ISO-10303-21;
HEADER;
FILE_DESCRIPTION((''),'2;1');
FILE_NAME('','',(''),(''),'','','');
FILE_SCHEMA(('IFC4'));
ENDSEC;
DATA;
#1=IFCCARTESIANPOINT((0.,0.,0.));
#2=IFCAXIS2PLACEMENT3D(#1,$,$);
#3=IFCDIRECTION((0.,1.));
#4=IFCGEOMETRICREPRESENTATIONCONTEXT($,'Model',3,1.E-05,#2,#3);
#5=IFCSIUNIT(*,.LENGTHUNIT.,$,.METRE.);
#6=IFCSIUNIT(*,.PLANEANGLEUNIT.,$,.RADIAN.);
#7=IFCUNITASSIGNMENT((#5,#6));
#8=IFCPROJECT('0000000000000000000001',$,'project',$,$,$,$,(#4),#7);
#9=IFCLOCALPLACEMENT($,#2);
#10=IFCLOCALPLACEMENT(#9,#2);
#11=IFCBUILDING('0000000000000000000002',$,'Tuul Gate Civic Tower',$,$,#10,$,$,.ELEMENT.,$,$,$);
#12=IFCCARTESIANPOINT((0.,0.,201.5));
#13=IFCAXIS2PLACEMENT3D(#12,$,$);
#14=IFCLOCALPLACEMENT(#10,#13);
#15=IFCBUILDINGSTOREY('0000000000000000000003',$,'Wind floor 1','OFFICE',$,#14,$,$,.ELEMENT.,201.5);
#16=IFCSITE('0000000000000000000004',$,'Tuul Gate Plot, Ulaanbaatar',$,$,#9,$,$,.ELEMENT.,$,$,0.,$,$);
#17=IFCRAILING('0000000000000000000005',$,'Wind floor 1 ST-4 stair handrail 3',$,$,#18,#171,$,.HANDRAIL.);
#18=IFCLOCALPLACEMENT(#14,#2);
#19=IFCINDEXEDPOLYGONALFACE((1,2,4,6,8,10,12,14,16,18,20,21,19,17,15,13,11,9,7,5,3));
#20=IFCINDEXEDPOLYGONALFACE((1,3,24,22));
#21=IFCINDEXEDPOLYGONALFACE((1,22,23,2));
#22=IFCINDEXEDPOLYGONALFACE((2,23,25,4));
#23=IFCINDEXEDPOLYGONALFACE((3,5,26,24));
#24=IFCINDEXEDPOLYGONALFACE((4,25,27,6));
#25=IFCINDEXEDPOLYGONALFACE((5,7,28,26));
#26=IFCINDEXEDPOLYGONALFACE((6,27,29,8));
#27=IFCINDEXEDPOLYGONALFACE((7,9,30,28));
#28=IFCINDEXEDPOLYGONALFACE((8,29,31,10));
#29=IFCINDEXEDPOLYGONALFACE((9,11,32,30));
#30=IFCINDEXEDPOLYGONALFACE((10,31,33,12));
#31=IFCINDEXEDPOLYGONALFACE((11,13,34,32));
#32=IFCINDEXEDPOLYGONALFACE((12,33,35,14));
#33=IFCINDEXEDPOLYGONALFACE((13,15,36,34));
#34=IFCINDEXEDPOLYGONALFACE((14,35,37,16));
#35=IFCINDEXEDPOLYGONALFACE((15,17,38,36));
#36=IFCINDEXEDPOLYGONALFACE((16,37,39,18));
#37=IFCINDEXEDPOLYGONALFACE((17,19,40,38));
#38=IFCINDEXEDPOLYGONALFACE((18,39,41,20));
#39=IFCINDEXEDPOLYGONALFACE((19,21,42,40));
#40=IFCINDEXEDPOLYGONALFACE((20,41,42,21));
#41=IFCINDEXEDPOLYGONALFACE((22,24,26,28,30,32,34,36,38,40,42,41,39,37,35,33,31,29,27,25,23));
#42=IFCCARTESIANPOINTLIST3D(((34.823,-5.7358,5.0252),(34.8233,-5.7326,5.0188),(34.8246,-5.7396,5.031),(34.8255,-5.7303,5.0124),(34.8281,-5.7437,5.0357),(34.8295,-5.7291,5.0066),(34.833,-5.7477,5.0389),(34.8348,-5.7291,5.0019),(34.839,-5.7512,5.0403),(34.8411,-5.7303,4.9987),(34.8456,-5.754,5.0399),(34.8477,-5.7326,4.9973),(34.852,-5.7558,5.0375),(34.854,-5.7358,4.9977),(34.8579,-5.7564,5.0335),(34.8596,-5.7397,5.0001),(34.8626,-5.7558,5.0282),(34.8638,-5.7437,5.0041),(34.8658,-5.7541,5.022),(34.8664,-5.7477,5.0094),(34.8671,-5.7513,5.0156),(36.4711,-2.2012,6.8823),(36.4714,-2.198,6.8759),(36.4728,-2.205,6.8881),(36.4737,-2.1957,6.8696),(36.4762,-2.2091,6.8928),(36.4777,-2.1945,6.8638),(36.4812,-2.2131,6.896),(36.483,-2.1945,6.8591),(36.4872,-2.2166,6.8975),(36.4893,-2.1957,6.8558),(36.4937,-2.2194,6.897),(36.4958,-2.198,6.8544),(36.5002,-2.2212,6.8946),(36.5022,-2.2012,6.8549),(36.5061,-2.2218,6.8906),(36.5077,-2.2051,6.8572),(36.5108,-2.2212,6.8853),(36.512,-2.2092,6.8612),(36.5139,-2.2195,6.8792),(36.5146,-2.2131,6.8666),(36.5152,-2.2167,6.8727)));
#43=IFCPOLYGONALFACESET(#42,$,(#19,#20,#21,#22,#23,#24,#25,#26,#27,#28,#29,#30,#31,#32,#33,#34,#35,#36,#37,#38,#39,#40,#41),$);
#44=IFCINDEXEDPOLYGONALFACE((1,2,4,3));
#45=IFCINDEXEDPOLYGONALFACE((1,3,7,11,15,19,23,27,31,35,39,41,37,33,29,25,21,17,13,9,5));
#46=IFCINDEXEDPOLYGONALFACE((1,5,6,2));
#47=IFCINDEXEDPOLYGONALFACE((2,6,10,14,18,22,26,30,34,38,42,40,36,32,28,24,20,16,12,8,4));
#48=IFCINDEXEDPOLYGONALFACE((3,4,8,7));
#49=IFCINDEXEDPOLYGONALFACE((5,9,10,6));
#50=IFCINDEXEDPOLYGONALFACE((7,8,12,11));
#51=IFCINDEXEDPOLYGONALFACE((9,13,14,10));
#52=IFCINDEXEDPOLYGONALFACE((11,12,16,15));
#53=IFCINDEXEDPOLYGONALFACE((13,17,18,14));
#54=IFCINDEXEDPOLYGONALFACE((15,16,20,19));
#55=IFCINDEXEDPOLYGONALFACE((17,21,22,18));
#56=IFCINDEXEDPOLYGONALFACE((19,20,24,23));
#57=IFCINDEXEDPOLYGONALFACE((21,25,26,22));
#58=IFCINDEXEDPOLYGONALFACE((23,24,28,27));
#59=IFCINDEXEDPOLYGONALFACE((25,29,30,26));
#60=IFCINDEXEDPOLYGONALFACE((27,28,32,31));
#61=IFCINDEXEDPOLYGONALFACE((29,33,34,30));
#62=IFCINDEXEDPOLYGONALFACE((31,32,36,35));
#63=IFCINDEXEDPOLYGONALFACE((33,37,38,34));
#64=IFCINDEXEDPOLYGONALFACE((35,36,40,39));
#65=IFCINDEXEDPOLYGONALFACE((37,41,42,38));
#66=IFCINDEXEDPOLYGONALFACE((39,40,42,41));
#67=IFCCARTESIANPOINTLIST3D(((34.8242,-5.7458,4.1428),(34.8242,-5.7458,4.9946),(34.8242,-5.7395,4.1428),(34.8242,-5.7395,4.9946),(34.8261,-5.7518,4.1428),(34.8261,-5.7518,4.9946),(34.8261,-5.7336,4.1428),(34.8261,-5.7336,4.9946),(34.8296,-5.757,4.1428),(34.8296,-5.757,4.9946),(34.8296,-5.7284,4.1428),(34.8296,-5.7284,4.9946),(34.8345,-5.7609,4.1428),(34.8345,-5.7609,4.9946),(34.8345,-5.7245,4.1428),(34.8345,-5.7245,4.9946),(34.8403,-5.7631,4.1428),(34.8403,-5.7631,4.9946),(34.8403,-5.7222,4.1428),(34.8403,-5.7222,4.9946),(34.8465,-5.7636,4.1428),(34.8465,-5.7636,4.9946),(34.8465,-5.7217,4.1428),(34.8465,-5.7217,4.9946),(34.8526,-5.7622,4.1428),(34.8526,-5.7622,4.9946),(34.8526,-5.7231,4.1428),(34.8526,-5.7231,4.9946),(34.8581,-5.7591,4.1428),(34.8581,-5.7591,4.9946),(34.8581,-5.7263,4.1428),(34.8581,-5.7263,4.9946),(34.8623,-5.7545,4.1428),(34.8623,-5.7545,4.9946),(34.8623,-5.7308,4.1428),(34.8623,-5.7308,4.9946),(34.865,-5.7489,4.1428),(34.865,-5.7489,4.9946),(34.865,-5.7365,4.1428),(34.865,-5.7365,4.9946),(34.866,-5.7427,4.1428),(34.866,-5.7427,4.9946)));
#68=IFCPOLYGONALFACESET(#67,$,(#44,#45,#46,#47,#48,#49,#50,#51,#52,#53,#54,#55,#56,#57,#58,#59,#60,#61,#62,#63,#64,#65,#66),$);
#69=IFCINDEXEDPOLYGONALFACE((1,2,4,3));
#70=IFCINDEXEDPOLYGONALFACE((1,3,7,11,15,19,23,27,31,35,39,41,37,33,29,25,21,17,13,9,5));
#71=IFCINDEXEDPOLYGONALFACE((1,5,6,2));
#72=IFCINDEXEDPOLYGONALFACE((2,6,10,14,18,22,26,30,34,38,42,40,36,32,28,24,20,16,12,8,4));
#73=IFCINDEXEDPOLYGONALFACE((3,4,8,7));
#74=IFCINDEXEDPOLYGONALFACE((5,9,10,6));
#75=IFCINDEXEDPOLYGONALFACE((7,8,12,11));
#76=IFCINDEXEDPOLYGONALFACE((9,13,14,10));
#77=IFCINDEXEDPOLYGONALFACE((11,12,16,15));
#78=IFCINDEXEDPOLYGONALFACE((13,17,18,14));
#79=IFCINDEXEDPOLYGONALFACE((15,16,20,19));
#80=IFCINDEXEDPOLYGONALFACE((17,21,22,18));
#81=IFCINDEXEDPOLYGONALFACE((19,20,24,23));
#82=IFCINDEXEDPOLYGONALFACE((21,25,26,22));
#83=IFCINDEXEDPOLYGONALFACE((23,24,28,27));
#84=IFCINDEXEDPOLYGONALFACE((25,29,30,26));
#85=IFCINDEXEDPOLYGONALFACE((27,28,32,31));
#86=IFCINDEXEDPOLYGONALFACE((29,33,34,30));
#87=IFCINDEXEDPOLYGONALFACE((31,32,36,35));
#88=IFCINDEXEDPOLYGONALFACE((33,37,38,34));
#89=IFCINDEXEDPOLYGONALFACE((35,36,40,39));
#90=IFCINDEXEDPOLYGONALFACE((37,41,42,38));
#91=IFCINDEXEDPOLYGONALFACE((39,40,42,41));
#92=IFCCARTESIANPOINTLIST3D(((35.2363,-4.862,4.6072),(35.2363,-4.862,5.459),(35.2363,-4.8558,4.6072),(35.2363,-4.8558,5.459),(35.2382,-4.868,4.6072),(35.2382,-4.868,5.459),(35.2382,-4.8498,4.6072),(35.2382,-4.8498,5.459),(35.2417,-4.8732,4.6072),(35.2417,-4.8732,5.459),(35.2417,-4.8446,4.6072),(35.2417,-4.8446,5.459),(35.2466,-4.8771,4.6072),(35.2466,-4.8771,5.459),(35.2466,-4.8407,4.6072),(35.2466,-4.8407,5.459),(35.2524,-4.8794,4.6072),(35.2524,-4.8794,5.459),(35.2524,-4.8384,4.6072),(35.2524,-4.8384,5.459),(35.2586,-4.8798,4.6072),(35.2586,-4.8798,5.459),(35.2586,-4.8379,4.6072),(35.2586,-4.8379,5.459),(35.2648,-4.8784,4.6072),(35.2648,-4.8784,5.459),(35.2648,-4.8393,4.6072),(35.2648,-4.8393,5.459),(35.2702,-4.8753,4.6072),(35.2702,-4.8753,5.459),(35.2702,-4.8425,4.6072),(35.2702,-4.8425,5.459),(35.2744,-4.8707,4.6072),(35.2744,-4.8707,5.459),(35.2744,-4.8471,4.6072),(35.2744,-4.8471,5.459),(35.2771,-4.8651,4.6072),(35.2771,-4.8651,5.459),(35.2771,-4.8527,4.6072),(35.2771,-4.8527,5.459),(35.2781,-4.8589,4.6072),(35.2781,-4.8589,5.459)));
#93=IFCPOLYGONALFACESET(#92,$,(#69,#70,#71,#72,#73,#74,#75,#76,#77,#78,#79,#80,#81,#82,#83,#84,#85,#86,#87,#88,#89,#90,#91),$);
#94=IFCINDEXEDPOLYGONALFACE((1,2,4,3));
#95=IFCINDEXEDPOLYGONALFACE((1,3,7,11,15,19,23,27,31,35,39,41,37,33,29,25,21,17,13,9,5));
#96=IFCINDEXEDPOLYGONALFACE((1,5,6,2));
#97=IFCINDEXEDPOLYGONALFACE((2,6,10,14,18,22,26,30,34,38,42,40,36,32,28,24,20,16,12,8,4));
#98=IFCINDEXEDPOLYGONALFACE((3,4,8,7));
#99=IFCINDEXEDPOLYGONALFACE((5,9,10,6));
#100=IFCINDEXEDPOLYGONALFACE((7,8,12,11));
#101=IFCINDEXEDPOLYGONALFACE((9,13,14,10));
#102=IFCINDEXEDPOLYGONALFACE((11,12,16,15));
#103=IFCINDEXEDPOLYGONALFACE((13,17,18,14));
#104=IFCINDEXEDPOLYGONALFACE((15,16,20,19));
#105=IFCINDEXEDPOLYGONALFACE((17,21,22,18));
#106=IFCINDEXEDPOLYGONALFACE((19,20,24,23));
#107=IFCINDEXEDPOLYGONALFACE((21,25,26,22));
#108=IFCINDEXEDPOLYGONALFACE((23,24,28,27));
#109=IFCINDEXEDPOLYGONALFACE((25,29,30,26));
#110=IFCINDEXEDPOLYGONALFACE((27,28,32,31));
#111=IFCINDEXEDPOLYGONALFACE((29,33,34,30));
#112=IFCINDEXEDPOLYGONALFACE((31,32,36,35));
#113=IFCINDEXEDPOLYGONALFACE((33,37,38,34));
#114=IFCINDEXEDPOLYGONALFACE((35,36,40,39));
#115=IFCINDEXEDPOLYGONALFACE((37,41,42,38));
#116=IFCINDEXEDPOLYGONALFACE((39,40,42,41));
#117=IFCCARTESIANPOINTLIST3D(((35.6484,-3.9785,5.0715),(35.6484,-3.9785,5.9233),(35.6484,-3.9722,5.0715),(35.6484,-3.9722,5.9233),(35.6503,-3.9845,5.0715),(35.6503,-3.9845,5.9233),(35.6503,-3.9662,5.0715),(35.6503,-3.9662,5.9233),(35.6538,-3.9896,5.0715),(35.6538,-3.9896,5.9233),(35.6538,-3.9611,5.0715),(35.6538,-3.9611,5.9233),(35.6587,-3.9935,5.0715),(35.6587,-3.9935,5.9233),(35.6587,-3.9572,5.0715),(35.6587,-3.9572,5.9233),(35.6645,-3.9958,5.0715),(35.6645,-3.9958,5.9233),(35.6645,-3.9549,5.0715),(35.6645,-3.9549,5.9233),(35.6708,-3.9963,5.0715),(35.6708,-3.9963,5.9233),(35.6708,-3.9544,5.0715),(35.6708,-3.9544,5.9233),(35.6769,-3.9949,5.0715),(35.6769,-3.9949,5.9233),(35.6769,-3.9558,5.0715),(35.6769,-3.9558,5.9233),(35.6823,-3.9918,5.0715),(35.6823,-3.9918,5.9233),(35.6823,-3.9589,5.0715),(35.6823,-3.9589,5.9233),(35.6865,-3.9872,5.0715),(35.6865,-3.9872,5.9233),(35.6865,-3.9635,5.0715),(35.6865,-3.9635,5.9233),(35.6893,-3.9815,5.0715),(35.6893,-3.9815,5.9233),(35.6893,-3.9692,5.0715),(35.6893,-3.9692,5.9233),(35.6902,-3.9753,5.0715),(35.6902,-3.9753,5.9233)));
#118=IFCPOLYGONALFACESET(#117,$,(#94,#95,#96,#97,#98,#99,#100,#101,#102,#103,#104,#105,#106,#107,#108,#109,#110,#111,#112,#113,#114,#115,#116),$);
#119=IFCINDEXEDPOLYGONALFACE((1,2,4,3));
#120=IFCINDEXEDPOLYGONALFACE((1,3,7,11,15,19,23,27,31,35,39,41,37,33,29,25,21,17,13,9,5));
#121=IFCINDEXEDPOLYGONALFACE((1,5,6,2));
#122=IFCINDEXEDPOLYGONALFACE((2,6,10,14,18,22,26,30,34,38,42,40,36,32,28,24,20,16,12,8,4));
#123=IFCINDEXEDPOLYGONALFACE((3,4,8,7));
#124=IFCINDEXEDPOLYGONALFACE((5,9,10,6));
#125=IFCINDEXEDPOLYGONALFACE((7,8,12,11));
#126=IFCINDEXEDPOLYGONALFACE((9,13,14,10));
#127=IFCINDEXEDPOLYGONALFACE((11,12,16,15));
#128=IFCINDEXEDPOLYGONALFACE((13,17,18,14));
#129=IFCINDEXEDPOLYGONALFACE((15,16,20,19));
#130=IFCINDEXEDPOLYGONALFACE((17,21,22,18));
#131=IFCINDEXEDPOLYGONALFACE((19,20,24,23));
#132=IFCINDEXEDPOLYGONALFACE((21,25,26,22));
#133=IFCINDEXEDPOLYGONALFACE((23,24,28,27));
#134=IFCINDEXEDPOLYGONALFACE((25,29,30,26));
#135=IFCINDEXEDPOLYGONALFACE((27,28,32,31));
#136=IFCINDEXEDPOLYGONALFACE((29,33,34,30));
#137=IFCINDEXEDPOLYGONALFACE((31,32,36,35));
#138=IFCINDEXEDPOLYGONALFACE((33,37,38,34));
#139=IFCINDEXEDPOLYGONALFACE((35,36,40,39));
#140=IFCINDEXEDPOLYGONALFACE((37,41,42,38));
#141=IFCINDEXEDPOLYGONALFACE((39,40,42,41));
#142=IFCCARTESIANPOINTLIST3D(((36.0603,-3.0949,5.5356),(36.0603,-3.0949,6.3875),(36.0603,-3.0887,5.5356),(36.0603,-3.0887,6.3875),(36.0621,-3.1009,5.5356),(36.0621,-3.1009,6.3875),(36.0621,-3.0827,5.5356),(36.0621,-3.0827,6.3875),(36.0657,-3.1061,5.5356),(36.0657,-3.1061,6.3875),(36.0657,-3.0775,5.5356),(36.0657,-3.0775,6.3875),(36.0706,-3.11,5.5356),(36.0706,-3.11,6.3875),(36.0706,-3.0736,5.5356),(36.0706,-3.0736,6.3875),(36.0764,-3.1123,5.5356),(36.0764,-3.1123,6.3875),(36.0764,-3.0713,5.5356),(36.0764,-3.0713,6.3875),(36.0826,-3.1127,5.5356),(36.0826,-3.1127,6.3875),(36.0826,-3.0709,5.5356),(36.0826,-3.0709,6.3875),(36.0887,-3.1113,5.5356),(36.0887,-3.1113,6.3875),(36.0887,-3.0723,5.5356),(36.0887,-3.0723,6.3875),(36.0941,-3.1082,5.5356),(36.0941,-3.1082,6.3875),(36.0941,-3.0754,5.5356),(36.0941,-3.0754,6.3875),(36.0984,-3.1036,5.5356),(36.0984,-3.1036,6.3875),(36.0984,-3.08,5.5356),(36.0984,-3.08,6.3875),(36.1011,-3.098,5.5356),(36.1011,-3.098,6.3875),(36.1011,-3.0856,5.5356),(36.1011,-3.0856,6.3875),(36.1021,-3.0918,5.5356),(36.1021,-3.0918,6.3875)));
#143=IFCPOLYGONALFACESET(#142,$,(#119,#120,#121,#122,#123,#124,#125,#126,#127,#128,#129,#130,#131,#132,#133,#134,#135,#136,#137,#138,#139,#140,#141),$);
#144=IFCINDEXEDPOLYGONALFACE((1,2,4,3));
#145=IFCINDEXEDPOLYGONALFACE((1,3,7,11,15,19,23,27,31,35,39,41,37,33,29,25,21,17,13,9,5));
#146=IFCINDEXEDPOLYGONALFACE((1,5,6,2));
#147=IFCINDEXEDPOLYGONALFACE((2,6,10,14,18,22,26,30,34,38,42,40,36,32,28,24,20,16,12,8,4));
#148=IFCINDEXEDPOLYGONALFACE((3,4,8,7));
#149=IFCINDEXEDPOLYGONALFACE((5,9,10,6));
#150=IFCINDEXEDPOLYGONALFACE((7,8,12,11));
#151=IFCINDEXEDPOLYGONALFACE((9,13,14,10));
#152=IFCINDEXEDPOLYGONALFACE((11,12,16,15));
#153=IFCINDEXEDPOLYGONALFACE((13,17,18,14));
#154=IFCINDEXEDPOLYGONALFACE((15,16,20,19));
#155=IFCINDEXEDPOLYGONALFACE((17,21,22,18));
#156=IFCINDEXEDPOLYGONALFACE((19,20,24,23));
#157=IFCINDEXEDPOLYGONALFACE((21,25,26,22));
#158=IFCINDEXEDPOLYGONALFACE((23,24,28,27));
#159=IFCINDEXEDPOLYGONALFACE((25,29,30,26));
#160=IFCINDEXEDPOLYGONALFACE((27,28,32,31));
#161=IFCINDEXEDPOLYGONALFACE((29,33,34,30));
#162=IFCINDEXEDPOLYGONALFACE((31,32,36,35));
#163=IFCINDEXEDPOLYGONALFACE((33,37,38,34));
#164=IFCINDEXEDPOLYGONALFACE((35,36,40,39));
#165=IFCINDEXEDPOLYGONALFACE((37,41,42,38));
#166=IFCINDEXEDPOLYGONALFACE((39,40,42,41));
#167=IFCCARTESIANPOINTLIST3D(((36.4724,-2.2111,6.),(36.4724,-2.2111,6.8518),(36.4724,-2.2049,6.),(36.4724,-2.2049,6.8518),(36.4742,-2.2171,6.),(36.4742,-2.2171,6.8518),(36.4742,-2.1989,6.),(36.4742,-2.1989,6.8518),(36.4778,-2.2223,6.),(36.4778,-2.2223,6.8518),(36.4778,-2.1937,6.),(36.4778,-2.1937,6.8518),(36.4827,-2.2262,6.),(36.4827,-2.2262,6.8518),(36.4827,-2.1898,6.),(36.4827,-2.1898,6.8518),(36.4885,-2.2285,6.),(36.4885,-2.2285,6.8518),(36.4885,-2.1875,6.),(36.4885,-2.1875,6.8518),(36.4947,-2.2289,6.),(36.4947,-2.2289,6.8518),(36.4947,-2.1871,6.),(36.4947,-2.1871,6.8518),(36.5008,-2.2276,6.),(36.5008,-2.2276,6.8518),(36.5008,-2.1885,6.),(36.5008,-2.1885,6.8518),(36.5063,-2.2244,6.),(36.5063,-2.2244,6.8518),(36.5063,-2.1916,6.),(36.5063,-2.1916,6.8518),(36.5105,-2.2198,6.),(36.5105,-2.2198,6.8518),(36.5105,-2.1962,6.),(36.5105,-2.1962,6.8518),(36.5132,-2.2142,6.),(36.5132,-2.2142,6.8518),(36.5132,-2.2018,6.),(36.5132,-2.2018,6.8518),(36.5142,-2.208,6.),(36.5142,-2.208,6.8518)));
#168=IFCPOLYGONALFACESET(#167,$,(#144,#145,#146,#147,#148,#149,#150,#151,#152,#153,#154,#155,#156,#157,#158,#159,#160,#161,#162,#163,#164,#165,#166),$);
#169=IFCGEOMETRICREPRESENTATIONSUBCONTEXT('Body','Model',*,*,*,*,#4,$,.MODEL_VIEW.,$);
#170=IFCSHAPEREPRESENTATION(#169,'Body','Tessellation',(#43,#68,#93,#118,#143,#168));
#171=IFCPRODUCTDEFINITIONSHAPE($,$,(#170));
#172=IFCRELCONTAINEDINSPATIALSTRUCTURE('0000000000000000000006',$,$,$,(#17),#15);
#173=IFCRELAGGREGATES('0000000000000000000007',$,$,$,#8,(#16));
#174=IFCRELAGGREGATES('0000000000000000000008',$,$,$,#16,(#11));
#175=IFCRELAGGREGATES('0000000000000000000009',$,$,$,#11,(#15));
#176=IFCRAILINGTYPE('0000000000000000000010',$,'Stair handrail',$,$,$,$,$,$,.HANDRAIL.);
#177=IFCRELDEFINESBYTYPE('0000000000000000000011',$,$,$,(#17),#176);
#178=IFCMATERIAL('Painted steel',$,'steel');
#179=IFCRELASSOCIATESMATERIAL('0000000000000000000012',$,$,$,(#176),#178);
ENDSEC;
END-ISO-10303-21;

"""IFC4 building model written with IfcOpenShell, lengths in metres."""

from ifc_helpers import new_model, si_unit, direction, frame, origin, origin_2d, place, context, subcontext, project, spatial, circle, extrude, material, type_object, element, save


model = new_model("IFC4")

# Units and contexts
model_context = context("Model", 3, precision=1e-05, world=origin(), true_north=direction((0.0, 1.0)))
body_context = subcontext(model_context, "Body", "Model", "MODEL_VIEW")
ifc_project = project(units=[si_unit("LENGTHUNIT", "METRE"), si_unit("PLANEANGLEUNIT", "RADIAN")], contexts=[model_context])

# Site, building, storey
site_placement = place(None, origin())
site = spatial("IfcSite", under=ifc_project, at=site_placement, Name="Tuul Gate Plot, Ulaanbaatar", CompositionType="ELEMENT", RefElevation=0.0)
building_placement = place(site_placement, origin())
building = spatial("IfcBuilding", under=site, at=building_placement, Name="Tuul Gate Civic Tower", CompositionType="ELEMENT")
storey_placement = place(building_placement, frame((0.0, 0.0, 201.5)))
storey = spatial("IfcBuildingStorey", under=building, at=storey_placement, Name="Wind floor 1", Description="OFFICE", CompositionType="ELEMENT", Elevation=201.5)

# Railing
ifc_material_1 = material(Name="Painted steel", Category="steel")
railing_type_1 = type_object("IfcRailingType", Name="Stair handrail", PredefinedType="HANDRAIL", material=ifc_material_1)
railing_1_placement = place(storey_placement, frame((34.845, -5.7427, 4.1428)))
element("IfcRailing", 1, at=railing_1_placement, inside=storey, type_object=railing_type_1, Name="Wind floor 1 ST-4 stair handrail 3", PredefinedType="HANDRAIL", context=body_context, shape_type="SweptSolid", body=[
    extrude(circle(Radius=0.0239, at=origin_2d()), frame((0.0, 0.0, 0.876), z_axis=(0.381556, 0.818273, 0.429935), x_axis=(-0.906313, 0.422608, 0.0)), (0.0, 0.0, 1.0), 4.3196),
    extrude(circle(Radius=0.021, at=origin_2d()), origin(), (0.0, 0.0, 1.0), 0.8518),
    extrude(circle(Radius=0.021, at=origin_2d()), frame((0.4121, 0.8838, 0.4644)), (0.0, 0.0, 1.0), 0.8518),
    extrude(circle(Radius=0.021, at=origin_2d()), frame((0.8242, 1.7673, 0.9287)), (0.0, 0.0, 1.0), 0.8518),
    extrude(circle(Radius=0.021, at=origin_2d()), frame((1.2361, 2.6509, 1.3928)), (0.0, 0.0, 1.0), 0.8518),
    extrude(circle(Radius=0.021, at=origin_2d()), frame((1.6482, 3.5347, 1.8572)), (0.0, 0.0, 1.0), 0.8518),
])

save(model, "model.ifc")
